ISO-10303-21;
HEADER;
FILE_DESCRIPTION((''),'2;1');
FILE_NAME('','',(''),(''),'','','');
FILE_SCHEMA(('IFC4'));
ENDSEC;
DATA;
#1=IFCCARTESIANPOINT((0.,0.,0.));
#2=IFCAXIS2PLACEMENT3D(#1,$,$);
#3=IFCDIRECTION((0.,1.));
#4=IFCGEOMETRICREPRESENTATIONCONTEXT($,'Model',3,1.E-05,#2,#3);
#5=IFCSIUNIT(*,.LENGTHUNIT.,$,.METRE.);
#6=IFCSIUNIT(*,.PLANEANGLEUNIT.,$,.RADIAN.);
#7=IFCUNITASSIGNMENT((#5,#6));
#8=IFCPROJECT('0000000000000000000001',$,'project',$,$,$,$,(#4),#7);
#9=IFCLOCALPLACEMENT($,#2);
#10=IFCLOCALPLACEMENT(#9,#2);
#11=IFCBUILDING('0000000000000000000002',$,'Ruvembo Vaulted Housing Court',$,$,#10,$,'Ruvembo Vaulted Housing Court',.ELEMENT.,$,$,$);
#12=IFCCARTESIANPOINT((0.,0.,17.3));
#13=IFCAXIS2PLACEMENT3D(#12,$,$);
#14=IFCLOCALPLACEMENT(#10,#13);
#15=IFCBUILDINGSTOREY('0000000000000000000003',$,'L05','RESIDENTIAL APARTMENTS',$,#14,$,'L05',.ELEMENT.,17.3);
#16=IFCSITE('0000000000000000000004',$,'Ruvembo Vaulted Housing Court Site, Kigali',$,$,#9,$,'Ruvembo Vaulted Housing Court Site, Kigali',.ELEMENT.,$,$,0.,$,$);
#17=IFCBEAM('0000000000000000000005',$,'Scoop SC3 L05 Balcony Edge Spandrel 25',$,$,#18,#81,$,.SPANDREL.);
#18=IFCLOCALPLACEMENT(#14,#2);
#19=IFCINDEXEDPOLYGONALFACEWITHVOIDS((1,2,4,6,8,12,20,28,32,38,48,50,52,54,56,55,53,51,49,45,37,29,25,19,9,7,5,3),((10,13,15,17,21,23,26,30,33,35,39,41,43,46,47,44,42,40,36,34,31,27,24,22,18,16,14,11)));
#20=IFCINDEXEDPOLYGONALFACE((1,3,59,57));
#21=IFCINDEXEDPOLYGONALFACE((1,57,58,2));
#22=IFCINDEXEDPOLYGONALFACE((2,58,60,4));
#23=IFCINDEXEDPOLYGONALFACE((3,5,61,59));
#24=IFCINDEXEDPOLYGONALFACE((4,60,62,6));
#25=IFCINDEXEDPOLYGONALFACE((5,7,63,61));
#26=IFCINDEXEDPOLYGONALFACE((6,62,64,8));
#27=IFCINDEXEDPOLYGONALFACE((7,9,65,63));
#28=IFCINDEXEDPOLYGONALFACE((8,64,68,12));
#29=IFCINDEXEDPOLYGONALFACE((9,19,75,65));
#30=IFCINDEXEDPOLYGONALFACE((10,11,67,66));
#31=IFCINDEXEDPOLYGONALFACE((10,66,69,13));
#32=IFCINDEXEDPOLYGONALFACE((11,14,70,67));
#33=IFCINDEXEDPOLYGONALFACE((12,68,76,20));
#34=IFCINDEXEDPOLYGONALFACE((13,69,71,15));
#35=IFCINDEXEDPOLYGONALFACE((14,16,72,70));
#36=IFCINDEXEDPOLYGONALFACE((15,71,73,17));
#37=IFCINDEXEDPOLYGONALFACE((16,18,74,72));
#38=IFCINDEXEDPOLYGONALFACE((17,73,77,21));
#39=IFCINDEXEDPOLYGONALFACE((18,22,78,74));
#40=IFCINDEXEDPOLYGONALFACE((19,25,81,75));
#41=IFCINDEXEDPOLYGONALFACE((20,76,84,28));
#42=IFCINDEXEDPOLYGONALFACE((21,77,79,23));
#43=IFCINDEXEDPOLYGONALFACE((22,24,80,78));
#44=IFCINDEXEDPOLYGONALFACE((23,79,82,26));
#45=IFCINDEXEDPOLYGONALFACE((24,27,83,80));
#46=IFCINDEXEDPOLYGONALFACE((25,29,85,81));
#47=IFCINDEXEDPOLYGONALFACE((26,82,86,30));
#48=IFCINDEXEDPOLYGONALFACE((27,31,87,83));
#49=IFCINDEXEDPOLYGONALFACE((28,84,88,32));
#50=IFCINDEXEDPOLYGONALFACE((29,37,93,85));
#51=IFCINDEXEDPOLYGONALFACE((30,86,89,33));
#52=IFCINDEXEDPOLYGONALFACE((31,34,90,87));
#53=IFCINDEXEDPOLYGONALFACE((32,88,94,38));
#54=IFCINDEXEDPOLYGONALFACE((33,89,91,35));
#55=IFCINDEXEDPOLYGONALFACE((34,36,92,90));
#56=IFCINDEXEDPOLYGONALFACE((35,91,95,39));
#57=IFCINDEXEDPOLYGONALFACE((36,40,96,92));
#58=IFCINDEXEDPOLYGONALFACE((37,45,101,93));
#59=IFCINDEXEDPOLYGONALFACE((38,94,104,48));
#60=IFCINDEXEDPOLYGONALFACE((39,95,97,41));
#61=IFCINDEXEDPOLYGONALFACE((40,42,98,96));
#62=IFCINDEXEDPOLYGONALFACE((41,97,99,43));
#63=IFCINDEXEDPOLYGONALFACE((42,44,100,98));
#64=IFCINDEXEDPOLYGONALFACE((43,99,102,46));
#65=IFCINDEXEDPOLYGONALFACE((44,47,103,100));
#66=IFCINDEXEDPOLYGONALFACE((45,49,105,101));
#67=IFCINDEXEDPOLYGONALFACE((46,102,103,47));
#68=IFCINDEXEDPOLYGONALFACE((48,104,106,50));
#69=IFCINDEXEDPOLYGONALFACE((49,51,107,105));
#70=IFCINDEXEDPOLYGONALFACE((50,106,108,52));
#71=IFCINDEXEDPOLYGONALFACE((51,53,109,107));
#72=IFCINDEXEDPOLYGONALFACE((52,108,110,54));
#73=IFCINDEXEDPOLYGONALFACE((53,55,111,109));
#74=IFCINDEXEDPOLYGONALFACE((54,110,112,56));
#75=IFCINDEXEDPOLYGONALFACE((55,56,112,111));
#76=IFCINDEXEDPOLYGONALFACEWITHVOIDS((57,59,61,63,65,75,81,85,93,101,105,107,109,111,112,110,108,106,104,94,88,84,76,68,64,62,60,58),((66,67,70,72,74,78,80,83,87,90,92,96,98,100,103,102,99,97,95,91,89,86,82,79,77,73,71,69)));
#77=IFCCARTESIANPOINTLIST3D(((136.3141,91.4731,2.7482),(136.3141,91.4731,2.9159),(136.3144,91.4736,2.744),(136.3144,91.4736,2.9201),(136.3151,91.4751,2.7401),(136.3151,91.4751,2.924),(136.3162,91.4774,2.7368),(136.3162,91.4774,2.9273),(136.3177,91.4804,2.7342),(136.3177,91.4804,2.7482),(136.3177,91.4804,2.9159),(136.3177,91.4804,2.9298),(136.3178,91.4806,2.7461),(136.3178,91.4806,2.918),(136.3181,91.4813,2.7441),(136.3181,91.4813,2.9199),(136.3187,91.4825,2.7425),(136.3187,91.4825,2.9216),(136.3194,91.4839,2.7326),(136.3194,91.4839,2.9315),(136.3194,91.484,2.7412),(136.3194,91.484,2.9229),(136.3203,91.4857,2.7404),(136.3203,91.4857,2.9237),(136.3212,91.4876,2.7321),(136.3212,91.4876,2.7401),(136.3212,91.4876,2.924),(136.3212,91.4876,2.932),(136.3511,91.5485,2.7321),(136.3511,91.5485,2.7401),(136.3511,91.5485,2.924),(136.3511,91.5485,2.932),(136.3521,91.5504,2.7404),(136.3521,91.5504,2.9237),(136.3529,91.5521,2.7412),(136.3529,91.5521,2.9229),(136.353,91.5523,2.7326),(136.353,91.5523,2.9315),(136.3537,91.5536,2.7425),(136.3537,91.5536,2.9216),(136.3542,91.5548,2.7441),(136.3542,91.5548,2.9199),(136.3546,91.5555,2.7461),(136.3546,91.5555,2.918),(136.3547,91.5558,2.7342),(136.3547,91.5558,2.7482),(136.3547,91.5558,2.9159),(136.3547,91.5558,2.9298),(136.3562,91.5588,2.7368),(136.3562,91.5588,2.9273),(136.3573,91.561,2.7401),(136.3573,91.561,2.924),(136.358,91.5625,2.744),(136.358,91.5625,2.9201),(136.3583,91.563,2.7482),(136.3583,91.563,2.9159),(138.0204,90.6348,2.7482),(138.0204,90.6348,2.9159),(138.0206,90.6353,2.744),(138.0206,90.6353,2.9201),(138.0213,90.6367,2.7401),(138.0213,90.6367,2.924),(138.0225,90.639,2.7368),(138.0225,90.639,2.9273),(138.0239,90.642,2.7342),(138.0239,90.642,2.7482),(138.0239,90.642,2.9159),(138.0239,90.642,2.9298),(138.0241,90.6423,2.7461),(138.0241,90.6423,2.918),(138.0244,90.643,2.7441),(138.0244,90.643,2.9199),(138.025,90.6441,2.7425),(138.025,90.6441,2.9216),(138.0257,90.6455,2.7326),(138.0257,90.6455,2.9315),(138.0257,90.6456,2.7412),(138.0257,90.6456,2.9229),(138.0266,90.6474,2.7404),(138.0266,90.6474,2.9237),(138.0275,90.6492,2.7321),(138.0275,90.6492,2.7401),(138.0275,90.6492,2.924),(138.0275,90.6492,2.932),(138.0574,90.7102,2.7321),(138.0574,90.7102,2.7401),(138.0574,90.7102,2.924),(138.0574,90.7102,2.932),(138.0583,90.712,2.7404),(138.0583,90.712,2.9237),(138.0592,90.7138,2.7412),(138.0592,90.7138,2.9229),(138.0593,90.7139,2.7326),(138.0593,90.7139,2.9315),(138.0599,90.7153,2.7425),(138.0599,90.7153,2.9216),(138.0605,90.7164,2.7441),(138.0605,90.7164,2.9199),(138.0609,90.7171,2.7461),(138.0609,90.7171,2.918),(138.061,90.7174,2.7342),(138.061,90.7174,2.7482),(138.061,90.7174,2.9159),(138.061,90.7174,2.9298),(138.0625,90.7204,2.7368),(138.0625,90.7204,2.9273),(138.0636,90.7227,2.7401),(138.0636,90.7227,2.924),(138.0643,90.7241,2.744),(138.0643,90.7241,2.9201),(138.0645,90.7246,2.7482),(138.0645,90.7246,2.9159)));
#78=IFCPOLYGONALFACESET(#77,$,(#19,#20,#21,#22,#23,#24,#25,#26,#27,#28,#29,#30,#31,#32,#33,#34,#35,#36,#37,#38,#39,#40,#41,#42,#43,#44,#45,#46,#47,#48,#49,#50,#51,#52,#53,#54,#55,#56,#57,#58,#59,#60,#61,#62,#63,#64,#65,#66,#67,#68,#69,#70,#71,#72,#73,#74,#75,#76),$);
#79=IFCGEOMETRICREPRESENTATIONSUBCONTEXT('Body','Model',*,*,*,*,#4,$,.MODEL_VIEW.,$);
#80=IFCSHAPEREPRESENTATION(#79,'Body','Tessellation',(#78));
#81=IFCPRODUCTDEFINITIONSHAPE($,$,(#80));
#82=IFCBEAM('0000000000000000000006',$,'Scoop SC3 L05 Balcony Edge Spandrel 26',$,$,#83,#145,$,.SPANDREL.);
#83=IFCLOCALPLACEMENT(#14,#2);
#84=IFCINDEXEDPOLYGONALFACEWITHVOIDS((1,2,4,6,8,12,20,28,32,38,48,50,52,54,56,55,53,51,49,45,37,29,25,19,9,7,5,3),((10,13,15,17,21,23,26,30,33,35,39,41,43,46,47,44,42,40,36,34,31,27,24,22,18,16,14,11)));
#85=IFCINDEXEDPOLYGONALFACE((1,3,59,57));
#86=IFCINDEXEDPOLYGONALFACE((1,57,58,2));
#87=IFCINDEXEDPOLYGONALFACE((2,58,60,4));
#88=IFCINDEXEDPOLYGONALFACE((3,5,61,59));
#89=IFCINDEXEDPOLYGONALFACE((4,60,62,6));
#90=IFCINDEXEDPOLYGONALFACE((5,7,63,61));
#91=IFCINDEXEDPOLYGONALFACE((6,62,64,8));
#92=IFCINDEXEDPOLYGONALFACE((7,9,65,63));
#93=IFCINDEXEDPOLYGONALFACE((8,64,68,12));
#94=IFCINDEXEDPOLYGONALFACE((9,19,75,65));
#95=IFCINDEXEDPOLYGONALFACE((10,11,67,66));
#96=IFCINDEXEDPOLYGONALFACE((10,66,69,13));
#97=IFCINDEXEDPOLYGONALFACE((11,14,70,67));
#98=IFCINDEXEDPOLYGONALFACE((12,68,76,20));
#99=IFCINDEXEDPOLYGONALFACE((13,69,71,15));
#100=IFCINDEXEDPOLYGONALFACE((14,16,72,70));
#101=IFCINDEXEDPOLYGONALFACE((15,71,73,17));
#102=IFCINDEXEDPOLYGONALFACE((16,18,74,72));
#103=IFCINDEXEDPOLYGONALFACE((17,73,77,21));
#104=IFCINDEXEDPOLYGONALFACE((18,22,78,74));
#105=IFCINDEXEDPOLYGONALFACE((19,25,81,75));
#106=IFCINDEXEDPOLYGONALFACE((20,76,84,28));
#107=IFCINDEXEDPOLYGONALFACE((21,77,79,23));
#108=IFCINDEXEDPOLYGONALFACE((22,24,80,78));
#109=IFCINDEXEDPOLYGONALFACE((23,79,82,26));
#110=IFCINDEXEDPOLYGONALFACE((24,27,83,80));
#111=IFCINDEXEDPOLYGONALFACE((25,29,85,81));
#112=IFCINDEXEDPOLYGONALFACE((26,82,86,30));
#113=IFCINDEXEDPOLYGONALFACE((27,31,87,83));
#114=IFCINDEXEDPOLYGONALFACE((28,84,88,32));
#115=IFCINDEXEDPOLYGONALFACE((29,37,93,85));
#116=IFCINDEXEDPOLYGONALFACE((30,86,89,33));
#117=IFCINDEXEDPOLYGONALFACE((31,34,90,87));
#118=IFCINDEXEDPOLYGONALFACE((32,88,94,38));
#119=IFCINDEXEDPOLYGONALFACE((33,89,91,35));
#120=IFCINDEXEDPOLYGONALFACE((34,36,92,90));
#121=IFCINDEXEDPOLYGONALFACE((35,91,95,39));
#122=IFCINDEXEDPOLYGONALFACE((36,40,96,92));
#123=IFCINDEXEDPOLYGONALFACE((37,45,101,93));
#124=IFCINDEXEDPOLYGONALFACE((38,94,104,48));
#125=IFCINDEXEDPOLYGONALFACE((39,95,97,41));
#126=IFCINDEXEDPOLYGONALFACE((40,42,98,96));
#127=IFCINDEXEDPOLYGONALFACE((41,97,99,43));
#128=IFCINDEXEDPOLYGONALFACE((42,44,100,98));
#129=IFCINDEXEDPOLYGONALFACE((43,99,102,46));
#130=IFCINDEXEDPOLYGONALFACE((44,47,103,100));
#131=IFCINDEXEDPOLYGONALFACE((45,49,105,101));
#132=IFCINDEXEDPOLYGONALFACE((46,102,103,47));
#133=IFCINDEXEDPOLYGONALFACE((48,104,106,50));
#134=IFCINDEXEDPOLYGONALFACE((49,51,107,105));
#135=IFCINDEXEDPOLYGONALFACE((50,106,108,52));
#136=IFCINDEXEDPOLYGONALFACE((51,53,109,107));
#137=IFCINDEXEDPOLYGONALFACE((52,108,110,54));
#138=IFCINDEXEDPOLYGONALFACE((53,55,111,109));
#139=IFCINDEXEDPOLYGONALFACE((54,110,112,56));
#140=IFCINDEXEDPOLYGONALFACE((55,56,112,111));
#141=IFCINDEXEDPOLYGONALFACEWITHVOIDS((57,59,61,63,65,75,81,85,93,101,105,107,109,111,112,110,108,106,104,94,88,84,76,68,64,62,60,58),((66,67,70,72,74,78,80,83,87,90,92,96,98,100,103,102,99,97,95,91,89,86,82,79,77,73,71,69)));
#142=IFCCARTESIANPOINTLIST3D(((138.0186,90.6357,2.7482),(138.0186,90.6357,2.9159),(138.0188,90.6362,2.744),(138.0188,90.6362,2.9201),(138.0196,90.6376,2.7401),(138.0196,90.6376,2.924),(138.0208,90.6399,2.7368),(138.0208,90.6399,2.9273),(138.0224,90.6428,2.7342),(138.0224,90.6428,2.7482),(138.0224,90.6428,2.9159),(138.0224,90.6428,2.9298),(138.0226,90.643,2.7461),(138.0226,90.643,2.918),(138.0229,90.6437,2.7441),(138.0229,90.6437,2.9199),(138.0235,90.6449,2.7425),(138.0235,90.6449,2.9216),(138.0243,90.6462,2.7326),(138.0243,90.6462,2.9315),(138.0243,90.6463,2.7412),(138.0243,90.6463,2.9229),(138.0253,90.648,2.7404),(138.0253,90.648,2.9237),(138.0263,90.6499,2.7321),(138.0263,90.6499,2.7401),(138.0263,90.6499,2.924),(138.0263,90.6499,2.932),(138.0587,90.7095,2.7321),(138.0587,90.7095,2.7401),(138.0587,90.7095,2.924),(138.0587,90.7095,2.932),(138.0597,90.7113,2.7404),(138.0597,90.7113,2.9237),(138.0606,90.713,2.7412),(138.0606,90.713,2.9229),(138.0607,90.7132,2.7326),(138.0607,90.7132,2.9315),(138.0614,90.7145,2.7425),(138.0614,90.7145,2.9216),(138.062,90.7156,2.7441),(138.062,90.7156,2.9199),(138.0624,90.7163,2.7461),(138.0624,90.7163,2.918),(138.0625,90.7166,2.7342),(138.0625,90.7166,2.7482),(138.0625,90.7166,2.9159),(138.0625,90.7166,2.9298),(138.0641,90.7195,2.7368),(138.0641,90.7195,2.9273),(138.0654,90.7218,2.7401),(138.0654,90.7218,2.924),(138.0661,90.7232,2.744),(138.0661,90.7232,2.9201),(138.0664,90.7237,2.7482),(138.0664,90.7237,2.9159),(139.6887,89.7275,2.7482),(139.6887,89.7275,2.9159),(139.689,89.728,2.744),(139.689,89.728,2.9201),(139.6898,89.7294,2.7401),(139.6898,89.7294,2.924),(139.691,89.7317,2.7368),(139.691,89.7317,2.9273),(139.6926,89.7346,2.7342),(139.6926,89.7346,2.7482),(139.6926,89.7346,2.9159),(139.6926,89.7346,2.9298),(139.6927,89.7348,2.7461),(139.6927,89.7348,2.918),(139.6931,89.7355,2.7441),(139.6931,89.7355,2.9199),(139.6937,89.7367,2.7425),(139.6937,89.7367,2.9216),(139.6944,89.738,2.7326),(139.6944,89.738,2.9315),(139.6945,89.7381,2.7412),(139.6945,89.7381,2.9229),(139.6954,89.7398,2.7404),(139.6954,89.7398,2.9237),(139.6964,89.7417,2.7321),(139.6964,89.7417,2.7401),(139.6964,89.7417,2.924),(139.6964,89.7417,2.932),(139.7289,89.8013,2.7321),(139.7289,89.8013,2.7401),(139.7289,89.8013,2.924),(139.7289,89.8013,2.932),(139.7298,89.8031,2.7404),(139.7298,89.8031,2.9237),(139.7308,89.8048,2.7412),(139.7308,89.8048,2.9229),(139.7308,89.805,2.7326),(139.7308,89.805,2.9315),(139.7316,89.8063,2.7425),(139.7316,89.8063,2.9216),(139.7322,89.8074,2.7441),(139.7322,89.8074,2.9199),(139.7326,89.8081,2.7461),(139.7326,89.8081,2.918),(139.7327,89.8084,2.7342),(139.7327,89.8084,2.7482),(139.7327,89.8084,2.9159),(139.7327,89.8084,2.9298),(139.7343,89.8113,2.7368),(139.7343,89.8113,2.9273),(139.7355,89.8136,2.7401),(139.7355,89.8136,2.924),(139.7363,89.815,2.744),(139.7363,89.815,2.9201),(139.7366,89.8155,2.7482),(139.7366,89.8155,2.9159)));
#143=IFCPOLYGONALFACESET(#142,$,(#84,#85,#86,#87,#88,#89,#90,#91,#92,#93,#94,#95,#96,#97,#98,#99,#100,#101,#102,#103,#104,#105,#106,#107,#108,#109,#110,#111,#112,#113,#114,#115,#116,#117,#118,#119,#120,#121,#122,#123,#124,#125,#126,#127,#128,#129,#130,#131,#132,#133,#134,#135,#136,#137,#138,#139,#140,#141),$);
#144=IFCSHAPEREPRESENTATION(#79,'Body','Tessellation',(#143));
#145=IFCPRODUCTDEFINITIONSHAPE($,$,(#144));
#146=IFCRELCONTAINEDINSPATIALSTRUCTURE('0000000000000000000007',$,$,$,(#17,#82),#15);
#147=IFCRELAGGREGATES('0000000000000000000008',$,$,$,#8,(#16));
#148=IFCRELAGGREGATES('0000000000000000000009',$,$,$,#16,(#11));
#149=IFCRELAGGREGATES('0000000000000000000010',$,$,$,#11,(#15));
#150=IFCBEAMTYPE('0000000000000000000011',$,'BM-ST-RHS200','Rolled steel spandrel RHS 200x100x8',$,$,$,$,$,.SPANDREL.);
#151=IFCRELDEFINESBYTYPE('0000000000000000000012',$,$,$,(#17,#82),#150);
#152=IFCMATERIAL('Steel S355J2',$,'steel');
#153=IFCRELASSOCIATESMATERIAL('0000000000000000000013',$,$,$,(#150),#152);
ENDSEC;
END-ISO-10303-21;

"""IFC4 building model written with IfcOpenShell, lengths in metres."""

from ifc_helpers import new_model, si_unit, direction, frame, origin, origin_2d, place, context, subcontext, project, spatial, hollow_rectangle, extrude, material, material_profile, profile_set, type_object, element, save


model = new_model("IFC4")

# Units and contexts
model_context = context("Model", 3, precision=1e-05, world=origin(), true_north=direction((0.0, 1.0)))
body_context = subcontext(model_context, "Body", "Model", "MODEL_VIEW")
ifc_project = project(units=[si_unit("LENGTHUNIT", "METRE"), si_unit("PLANEANGLEUNIT", "RADIAN")], contexts=[model_context])

# Site, building, storey
site_placement = place(None, origin())
site = spatial("IfcSite", under=ifc_project, at=site_placement, Name="Ruvembo Vaulted Housing Court Site, Kigali", LongName="Ruvembo Vaulted Housing Court Site, Kigali", CompositionType="ELEMENT", RefElevation=0.0)
building_placement = place(site_placement, origin())
building = spatial("IfcBuilding", under=site, at=building_placement, Name="Ruvembo Vaulted Housing Court", LongName="Ruvembo Vaulted Housing Court", CompositionType="ELEMENT")
storey_placement = place(building_placement, frame((0.0, 0.0, 17.3)))
storey = spatial("IfcBuildingStorey", under=building, at=storey_placement, Name="L05", Description="RESIDENTIAL APARTMENTS", LongName="L05", CompositionType="ELEMENT", Elevation=17.3)

# Beams
ifc_material_1 = material(Name="Steel S355J2", Category="steel")
ifc_material_profile_1 = material_profile(ifc_material_1, hollow_rectangle(XDim=0.1001, YDim=0.2, WallThickness=0.0081, InnerFilletRadius=0.0081, OuterFilletRadius=0.0161, at=origin_2d()), Name="RHS 200x100x8")
ifc_profile_set_1 = profile_set([ifc_material_profile_1], Name="Steel S355J2")
beam_type = type_object("IfcBeamType", Name="BM-ST-RHS200", Description="Rolled steel spandrel RHS 200x100x8", PredefinedType="SPANDREL", material=ifc_profile_set_1)
for number, where, z_axis, x_axis, name in (
    (1, (136.3362, 91.5181, 2.832), (0.897513, -0.440987, 0.0), (0.440987, 0.897513, 0.0), "Scoop SC3 L05 Balcony Edge Spandrel 25"),
    (2, (138.0425, 90.6797, 2.832), (0.878513, -0.477718, 0.0), (0.477718, 0.878513, 0.0), "Scoop SC3 L05 Balcony Edge Spandrel 26"),
):
    element("IfcBeam", number, at=place(storey_placement, frame(where, z_axis=z_axis, x_axis=x_axis)), inside=storey, type_object=beam_type, Name=name, PredefinedType="SPANDREL", context=body_context, shape_type="SweptSolid", body=[
        extrude(hollow_rectangle(XDim=0.1001, YDim=0.2, WallThickness=0.0081, InnerFilletRadius=0.0081, OuterFilletRadius=0.0161, at=origin_2d()), origin(), (0.0, 0.0, 1.0), 1.9011),
    ])

save(model, "model.ifc")
